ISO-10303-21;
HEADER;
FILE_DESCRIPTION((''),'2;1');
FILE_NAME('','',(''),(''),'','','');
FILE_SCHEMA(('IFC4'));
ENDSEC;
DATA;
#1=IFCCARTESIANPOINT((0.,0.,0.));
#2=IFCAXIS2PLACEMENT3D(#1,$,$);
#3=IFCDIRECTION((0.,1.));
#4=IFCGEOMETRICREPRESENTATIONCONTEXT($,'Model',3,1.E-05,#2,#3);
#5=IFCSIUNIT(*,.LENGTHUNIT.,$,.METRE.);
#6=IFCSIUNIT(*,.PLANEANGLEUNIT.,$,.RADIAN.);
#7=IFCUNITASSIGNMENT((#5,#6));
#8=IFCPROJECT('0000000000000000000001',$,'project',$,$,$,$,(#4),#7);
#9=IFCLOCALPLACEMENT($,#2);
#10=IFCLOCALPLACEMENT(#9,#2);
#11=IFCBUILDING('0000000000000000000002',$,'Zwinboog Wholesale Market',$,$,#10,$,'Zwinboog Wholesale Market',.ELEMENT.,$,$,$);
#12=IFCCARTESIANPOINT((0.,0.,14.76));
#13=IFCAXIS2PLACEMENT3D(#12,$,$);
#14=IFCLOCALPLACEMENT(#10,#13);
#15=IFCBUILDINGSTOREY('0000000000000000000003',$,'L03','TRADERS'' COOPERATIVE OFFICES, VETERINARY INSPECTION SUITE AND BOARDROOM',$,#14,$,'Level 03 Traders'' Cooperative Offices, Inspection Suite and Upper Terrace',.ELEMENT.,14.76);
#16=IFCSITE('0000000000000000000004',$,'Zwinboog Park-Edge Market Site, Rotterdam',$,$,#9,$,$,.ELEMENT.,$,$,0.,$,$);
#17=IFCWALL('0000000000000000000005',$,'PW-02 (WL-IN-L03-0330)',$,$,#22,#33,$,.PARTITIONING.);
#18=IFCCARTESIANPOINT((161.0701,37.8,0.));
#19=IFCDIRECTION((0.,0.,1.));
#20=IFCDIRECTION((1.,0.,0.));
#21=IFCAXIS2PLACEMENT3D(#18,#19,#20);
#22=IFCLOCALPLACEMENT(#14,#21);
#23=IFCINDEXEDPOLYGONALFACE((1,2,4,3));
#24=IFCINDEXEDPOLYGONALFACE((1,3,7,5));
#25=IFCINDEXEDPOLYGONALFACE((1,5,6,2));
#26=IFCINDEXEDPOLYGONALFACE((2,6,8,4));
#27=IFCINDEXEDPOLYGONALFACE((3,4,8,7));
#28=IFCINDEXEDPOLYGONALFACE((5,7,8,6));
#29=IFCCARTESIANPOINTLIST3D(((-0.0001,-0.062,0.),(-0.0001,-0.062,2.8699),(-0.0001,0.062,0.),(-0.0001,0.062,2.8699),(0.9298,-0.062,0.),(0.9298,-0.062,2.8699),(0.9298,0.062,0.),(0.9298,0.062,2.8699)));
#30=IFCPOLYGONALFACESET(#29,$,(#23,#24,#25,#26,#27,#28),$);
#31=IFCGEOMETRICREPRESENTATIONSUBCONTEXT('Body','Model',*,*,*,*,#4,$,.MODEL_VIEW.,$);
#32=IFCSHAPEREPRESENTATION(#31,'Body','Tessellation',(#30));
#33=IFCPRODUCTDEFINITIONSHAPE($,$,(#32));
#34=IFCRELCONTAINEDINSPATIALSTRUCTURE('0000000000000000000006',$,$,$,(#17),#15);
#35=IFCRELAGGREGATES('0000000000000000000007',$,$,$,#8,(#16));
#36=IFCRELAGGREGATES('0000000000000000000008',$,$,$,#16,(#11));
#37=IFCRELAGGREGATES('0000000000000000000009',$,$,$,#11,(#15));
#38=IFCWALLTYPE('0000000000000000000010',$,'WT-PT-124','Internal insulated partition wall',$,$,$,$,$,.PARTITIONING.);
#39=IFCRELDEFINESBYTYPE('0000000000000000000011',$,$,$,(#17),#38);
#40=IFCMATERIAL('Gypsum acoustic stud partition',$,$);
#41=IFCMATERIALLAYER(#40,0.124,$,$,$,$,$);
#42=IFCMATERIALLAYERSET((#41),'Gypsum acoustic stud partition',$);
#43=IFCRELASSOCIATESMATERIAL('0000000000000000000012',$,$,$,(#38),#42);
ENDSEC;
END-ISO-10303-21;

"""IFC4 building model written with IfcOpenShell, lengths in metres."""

from ifc_helpers import new_model, si_unit, direction, frame, frame_2d, origin, place, context, subcontext, project, spatial, rectangle, extrude, material, layer, layer_set, type_object, element, save


model = new_model("IFC4")

# Units and contexts
model_context = context("Model", 3, precision=1e-05, world=origin(), true_north=direction((0.0, 1.0)))
body_context = subcontext(model_context, "Body", "Model", "MODEL_VIEW")
ifc_project = project(units=[si_unit("LENGTHUNIT", "METRE"), si_unit("PLANEANGLEUNIT", "RADIAN")], contexts=[model_context])

# Site, building, storey
site_placement = place(None, origin())
site = spatial("IfcSite", under=ifc_project, at=site_placement, Name="Zwinboog Park-Edge Market Site, Rotterdam", CompositionType="ELEMENT", RefElevation=0.0)
building_placement = place(site_placement, origin())
building = spatial("IfcBuilding", under=site, at=building_placement, Name="Zwinboog Wholesale Market", LongName="Zwinboog Wholesale Market", CompositionType="ELEMENT")
storey_placement = place(building_placement, frame((0.0, 0.0, 14.76)))
storey = spatial("IfcBuildingStorey", under=building, at=storey_placement, Name="L03", Description="TRADERS' COOPERATIVE OFFICES, VETERINARY INSPECTION SUITE AND BOARDROOM", LongName="Level 03 Traders' Cooperative Offices, Inspection Suite and Upper Terrace", CompositionType="ELEMENT", Elevation=14.76)

# Wall
ifc_material_1 = material(Name="Gypsum acoustic stud partition")
ifc_layer_1 = layer(ifc_material_1, 0.124)
ifc_layer_set_1 = layer_set([ifc_layer_1], Name="Gypsum acoustic stud partition")
wall_type_1 = type_object("IfcWallType", Name="WT-PT-124", Description="Internal insulated partition wall", PredefinedType="PARTITIONING", material=ifc_layer_set_1)
wall_1_placement = place(storey_placement, frame((161.0701, 37.8, 0.0), z_axis=(0.0, 0.0, 1.0), x_axis=(1.0, 0.0, 0.0)))
element("IfcWall", 1, at=wall_1_placement, inside=storey, type_object=wall_type_1, Name="PW-02 (WL-IN-L03-0330)", PredefinedType="PARTITIONING", context=body_context, shape_type="SweptSolid", body=[
    extrude(rectangle(XDim=0.9299, YDim=0.124, at=frame_2d((0.4648, 0.0))), origin(), (0.0, 0.0, 1.0), 2.8699),
])

save(model, "model.ifc")
